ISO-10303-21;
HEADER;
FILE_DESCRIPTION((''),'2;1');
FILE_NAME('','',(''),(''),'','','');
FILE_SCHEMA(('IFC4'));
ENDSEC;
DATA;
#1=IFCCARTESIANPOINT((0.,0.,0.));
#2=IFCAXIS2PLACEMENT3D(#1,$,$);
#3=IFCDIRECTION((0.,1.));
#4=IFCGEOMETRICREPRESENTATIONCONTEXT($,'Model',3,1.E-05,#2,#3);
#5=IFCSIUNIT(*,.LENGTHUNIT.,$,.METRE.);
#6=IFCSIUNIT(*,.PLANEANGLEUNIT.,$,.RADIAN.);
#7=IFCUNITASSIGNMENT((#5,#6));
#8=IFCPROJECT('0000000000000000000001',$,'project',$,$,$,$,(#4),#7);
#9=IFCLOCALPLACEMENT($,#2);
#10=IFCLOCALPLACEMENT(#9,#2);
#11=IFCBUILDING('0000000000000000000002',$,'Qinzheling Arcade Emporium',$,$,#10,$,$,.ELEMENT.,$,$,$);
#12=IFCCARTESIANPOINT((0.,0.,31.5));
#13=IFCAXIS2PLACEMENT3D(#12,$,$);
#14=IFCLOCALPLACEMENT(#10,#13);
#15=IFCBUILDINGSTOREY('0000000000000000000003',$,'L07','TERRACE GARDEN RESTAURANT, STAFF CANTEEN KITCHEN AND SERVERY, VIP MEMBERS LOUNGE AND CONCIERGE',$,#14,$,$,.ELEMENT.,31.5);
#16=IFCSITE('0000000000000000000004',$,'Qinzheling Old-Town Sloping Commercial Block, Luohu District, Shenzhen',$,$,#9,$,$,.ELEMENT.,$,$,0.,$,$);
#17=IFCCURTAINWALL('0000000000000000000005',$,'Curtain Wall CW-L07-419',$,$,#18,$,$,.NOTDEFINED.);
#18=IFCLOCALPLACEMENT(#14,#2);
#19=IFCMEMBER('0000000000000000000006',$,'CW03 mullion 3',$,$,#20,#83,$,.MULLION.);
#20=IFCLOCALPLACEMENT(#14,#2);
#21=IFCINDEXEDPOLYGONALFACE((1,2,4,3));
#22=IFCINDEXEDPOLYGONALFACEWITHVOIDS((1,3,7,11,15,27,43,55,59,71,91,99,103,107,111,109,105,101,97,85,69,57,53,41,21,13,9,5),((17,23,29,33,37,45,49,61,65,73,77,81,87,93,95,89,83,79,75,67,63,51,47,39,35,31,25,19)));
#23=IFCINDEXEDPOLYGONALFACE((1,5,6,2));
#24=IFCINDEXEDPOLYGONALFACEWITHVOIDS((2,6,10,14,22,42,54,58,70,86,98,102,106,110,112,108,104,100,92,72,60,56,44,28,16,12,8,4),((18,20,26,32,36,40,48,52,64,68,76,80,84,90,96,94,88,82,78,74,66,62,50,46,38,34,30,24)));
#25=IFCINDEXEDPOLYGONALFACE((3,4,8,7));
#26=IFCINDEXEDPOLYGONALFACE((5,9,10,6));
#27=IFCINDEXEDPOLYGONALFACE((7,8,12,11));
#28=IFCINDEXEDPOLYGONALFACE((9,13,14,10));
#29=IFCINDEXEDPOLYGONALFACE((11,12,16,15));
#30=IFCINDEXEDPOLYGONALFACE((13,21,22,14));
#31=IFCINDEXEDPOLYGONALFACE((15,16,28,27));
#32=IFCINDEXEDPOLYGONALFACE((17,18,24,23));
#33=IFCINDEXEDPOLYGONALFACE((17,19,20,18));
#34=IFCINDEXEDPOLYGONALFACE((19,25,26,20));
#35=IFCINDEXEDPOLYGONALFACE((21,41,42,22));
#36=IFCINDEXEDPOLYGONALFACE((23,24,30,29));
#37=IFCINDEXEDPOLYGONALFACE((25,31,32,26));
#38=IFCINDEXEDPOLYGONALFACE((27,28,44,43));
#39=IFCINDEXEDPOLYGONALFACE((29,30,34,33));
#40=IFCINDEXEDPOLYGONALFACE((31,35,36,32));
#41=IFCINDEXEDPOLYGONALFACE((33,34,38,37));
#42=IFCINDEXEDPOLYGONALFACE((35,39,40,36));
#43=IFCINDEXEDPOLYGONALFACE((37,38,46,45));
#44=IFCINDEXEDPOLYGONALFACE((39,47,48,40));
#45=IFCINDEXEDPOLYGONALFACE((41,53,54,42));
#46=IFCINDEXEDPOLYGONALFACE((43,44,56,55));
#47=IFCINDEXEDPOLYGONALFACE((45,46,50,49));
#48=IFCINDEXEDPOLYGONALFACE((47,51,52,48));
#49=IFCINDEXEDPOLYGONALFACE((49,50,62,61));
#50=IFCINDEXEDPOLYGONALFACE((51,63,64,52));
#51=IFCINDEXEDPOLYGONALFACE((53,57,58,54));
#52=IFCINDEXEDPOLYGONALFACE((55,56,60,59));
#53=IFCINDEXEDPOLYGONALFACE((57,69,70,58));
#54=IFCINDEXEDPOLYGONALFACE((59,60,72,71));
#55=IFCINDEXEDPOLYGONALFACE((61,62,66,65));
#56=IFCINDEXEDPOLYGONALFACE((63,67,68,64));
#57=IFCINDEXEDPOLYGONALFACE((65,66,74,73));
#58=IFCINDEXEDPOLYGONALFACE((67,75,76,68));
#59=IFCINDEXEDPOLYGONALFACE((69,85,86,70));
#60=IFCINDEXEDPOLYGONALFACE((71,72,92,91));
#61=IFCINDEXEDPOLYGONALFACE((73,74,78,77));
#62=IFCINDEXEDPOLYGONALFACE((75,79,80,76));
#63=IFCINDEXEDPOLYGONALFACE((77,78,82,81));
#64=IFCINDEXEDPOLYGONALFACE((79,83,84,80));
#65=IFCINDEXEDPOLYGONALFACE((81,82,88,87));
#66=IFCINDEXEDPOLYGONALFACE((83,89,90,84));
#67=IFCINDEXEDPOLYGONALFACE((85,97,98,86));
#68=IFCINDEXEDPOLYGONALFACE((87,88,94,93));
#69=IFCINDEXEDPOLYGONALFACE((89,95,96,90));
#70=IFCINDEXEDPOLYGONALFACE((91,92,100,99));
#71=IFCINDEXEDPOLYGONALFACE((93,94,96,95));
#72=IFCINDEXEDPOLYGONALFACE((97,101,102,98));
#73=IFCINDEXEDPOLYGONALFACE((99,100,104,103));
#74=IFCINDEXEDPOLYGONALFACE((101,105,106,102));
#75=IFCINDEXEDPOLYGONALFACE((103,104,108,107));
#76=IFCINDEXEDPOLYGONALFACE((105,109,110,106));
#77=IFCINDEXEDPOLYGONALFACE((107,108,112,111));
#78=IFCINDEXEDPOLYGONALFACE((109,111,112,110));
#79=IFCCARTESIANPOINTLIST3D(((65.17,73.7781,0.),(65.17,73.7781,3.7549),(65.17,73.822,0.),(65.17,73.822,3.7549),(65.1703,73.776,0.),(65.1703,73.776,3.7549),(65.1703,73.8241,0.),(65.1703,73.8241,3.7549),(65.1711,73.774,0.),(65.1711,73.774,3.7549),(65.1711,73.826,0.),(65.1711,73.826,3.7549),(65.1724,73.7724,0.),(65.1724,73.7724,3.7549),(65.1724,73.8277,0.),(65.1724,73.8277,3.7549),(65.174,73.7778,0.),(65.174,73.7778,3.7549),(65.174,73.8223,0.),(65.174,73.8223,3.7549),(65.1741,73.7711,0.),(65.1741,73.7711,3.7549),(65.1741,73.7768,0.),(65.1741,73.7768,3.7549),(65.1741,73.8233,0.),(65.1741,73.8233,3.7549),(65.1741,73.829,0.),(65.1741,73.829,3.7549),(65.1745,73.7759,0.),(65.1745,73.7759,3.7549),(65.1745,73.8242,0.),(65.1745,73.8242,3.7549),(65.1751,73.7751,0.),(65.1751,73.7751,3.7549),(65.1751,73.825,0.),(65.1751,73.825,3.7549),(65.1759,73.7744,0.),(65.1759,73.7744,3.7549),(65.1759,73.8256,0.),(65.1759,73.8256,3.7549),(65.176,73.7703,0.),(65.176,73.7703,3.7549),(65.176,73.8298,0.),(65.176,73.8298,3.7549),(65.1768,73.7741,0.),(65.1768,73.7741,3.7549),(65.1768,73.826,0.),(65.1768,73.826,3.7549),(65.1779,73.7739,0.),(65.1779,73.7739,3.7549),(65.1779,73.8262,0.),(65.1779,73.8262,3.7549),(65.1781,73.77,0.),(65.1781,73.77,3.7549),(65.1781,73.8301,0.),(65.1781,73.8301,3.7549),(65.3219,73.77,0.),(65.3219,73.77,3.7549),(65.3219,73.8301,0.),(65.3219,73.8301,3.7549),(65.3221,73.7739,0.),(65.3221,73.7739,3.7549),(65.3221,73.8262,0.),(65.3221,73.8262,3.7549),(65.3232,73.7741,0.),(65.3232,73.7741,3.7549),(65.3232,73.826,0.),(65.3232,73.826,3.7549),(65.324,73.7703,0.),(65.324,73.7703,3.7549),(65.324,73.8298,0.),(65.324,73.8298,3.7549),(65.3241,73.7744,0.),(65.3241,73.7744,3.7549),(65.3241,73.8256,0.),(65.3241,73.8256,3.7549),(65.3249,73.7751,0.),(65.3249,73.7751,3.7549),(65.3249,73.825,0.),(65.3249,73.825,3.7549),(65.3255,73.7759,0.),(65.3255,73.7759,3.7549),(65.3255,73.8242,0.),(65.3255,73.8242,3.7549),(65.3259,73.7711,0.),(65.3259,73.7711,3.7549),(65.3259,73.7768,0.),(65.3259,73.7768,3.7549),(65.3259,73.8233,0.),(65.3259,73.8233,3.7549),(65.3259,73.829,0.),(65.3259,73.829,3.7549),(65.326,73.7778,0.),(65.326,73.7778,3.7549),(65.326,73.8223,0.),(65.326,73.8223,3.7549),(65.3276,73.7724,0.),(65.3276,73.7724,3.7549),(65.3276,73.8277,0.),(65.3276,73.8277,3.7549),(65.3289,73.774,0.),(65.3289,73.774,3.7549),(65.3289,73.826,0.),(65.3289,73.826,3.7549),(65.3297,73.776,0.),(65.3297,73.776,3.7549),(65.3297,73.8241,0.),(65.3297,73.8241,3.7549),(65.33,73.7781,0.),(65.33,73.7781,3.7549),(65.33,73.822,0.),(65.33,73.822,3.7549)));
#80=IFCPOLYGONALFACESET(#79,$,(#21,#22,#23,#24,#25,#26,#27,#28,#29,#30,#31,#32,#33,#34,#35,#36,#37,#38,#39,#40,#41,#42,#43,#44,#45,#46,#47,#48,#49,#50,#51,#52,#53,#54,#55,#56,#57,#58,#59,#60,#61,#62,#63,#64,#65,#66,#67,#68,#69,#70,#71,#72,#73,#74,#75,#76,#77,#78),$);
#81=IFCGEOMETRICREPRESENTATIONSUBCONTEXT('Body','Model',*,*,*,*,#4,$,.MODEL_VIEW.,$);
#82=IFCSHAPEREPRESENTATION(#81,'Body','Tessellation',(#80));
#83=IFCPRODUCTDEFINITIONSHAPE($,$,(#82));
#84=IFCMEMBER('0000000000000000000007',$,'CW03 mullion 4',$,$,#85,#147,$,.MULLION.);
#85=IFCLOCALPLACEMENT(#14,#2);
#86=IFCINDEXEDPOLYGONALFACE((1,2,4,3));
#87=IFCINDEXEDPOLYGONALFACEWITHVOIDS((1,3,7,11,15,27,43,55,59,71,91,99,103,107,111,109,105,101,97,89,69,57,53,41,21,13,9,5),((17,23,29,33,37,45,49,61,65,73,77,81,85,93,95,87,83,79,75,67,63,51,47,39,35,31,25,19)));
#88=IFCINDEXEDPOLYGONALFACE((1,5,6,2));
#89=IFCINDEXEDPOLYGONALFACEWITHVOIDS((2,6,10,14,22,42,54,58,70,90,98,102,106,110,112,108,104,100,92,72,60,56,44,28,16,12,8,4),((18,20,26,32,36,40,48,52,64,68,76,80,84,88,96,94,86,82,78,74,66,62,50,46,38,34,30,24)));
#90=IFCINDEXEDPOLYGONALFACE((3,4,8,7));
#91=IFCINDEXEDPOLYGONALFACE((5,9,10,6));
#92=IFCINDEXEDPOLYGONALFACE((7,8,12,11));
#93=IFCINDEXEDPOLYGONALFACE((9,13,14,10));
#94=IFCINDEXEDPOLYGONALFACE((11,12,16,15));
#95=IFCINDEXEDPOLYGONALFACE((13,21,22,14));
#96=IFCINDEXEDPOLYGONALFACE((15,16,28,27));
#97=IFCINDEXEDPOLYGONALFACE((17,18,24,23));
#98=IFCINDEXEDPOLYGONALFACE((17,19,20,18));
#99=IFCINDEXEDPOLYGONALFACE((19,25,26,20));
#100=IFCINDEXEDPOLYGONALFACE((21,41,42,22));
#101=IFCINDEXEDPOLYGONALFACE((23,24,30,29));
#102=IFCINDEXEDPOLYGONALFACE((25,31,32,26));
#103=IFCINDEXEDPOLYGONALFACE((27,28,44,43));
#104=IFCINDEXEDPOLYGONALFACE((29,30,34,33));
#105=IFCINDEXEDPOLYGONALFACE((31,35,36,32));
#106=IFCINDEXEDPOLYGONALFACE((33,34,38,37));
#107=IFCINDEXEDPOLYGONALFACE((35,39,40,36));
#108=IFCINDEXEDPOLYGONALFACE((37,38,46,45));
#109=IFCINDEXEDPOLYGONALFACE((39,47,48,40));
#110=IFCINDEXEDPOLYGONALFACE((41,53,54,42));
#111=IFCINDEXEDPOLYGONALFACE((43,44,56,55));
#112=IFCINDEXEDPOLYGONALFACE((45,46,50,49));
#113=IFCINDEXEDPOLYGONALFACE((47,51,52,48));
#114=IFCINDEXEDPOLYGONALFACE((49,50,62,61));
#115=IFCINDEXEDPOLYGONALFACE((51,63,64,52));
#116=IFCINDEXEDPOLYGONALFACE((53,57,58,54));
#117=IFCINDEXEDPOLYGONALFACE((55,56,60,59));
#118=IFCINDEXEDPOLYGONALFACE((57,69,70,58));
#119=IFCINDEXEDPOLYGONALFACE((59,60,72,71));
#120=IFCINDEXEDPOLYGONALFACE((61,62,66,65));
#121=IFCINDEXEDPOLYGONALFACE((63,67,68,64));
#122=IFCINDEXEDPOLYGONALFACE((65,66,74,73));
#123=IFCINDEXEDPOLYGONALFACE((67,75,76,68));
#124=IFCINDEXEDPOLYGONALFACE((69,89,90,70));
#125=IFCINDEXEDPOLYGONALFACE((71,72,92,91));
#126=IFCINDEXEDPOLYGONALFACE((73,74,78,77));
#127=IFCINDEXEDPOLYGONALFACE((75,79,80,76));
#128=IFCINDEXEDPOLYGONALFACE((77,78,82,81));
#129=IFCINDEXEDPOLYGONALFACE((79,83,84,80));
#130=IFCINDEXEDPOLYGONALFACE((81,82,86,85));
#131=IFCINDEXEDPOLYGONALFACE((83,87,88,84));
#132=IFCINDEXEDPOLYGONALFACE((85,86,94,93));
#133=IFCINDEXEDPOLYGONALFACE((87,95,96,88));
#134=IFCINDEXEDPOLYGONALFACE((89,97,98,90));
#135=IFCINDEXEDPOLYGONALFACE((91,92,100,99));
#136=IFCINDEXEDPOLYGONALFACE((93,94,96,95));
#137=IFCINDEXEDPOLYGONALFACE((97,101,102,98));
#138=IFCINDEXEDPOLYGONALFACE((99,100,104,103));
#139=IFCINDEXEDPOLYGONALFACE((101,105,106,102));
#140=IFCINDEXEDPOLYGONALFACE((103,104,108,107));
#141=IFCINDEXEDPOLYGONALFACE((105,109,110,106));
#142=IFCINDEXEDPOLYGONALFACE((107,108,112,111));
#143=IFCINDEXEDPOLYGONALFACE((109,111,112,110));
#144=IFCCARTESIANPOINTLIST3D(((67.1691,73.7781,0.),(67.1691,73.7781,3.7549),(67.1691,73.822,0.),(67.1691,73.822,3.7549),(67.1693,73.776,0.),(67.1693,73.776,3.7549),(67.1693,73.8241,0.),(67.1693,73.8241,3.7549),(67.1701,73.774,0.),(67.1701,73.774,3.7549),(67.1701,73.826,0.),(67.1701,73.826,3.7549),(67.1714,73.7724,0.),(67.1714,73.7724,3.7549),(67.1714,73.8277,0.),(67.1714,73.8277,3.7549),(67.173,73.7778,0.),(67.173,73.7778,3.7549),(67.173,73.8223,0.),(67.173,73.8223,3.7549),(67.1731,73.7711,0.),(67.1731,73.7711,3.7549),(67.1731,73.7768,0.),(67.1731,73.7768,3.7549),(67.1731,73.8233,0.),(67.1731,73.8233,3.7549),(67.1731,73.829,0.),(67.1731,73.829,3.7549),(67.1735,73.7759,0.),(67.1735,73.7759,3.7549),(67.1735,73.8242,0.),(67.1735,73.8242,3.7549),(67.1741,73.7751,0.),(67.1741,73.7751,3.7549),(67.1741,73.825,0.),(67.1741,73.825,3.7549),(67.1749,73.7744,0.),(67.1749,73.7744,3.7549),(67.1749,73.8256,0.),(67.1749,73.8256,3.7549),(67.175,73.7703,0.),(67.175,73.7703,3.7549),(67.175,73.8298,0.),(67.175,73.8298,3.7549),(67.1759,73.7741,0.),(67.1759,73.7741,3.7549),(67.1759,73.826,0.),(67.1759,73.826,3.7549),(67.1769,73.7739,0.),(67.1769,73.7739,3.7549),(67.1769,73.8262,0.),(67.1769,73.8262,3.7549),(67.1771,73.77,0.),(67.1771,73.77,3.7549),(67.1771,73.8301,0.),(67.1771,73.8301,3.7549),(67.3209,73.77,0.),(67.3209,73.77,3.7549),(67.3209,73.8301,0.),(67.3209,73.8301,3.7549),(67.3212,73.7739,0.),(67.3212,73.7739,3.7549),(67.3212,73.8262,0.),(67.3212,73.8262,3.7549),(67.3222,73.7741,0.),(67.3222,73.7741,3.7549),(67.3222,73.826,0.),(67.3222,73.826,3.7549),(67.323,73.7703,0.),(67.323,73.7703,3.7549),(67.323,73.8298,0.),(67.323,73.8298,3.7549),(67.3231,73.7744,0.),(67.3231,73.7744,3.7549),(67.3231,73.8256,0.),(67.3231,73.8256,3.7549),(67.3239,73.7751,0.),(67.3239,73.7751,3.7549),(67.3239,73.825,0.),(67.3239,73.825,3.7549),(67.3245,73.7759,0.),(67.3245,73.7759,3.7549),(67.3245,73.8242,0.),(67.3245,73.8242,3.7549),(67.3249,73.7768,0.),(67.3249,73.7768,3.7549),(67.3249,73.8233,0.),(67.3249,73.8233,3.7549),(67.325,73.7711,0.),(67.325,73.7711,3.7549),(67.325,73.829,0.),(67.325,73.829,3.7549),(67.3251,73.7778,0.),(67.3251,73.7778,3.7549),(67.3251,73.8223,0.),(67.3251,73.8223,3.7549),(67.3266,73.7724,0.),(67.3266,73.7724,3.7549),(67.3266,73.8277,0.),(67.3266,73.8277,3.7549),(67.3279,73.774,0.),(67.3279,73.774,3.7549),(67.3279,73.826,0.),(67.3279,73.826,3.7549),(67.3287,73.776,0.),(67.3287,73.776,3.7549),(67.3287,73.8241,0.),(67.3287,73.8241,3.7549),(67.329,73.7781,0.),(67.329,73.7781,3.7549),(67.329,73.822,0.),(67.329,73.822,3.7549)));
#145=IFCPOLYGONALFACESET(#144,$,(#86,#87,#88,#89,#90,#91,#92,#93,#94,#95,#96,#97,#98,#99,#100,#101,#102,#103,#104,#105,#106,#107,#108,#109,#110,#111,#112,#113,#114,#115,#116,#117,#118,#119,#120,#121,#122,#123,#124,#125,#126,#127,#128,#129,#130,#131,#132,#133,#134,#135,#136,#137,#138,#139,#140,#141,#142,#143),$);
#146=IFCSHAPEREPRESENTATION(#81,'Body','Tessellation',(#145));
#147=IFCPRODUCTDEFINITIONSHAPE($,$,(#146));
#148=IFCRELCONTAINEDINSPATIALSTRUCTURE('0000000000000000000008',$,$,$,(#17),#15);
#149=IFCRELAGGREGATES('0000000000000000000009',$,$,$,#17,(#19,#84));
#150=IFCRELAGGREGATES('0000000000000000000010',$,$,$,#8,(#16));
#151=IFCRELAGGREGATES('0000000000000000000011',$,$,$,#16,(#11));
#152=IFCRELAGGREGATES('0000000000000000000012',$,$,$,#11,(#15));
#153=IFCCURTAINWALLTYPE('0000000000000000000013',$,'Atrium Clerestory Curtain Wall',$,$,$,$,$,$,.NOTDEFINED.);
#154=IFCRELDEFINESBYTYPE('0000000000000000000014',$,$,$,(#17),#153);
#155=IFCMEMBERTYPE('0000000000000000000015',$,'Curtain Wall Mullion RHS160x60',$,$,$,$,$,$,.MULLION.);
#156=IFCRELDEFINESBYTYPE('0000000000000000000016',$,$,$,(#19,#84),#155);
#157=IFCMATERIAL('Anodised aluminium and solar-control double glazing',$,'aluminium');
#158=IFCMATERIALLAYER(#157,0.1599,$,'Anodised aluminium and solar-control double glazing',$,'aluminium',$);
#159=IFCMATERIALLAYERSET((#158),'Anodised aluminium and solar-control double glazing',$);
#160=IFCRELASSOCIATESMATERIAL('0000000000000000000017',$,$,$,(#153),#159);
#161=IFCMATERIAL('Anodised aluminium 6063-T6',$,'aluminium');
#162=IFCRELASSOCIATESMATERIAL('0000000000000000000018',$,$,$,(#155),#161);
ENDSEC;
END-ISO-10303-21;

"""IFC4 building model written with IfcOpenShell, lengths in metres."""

from ifc_helpers import new_model, si_unit, direction, frame, origin, origin_2d, place, context, subcontext, project, spatial, hollow_rectangle, extrude, material, layer, layer_set, material_profile, profile_set, type_object, element, aggregate, save


model = new_model("IFC4")

# Units and contexts
model_context = context("Model", 3, precision=1e-05, world=origin(), true_north=direction((0.0, 1.0)))
body_context = subcontext(model_context, "Body", "Model", "MODEL_VIEW")
ifc_project = project(units=[si_unit("LENGTHUNIT", "METRE"), si_unit("PLANEANGLEUNIT", "RADIAN")], contexts=[model_context])

# Site, building, storey
site_placement = place(None, origin())
site = spatial("IfcSite", under=ifc_project, at=site_placement, Name="Qinzheling Old-Town Sloping Commercial Block, Luohu District, Shenzhen", CompositionType="ELEMENT", RefElevation=0.0)
building_placement = place(site_placement, origin())
building = spatial("IfcBuilding", under=site, at=building_placement, Name="Qinzheling Arcade Emporium", CompositionType="ELEMENT")
storey_placement = place(building_placement, frame((0.0, 0.0, 31.5)))
storey = spatial("IfcBuildingStorey", under=building, at=storey_placement, Name="L07", Description="TERRACE GARDEN RESTAURANT, STAFF CANTEEN KITCHEN AND SERVERY, VIP MEMBERS LOUNGE AND CONCIERGE", CompositionType="ELEMENT", Elevation=31.5)

# Curtain wall, members
ifc_material_1 = material(Name="Anodised aluminium and solar-control double glazing", Category="aluminium")
ifc_layer_1 = layer(ifc_material_1, 0.1599, Name="Anodised aluminium and solar-control double glazing", Category="aluminium")
ifc_layer_set_1 = layer_set([ifc_layer_1], Name="Anodised aluminium and solar-control double glazing")
curtain_wall_type = type_object("IfcCurtainWallType", Name="Atrium Clerestory Curtain Wall", PredefinedType="NOTDEFINED", material=ifc_layer_set_1)
curtain_wall_placement = place(storey_placement, origin())
curtain_wall = element("IfcCurtainWall", 1, at=curtain_wall_placement, inside=storey, type_object=curtain_wall_type, Name="Curtain Wall CW-L07-419", PredefinedType="NOTDEFINED")
ifc_material_2 = material(Name="Anodised aluminium 6063-T6", Category="aluminium")
ifc_material_profile_1 = material_profile(ifc_material_2, hollow_rectangle(XDim=0.0601, YDim=0.1599, WallThickness=0.0039, InnerFilletRadius=0.0039, OuterFilletRadius=0.0081, at=origin_2d()), Name="RHS 160x60x4", Category="aluminium")
ifc_profile_set_1 = profile_set([ifc_material_profile_1], Name="Anodised aluminium 6063-T6")
member_type_1 = type_object("IfcMemberType", Name="Curtain Wall Mullion RHS160x60", PredefinedType="MULLION", material=ifc_profile_set_1)
member_1_placement = place(storey_placement, frame((65.25, 73.8, 0.0), z_axis=(0.0, 0.0, 1.0), x_axis=(0.0, 1.0, 0.0)))
member_1 = element("IfcMember", 2, at=member_1_placement, type_object=member_type_1, Name="CW03 mullion 3", PredefinedType="MULLION", context=body_context, shape_type="SweptSolid", body=[
    extrude(hollow_rectangle(XDim=0.0601, YDim=0.1599, WallThickness=0.0039, InnerFilletRadius=0.0039, OuterFilletRadius=0.0081, at=origin_2d()), origin(), (0.0, 0.0, 1.0), 3.7549),
])
member_2_placement = place(storey_placement, frame((67.249, 73.8, 0.0), z_axis=(0.0, 0.0, 1.0), x_axis=(0.0, 1.0, 0.0)))
member_2 = element("IfcMember", 3, at=member_2_placement, type_object=member_type_1, Name="CW03 mullion 4", PredefinedType="MULLION", context=body_context, shape_type="SweptSolid", body=[
    extrude(hollow_rectangle(XDim=0.0601, YDim=0.1599, WallThickness=0.0039, InnerFilletRadius=0.0039, OuterFilletRadius=0.0081, at=origin_2d()), origin(), (0.0, 0.0, 1.0), 3.7549),
])

aggregate(curtain_wall, [member_1, member_2])

save(model, "model.ifc")
